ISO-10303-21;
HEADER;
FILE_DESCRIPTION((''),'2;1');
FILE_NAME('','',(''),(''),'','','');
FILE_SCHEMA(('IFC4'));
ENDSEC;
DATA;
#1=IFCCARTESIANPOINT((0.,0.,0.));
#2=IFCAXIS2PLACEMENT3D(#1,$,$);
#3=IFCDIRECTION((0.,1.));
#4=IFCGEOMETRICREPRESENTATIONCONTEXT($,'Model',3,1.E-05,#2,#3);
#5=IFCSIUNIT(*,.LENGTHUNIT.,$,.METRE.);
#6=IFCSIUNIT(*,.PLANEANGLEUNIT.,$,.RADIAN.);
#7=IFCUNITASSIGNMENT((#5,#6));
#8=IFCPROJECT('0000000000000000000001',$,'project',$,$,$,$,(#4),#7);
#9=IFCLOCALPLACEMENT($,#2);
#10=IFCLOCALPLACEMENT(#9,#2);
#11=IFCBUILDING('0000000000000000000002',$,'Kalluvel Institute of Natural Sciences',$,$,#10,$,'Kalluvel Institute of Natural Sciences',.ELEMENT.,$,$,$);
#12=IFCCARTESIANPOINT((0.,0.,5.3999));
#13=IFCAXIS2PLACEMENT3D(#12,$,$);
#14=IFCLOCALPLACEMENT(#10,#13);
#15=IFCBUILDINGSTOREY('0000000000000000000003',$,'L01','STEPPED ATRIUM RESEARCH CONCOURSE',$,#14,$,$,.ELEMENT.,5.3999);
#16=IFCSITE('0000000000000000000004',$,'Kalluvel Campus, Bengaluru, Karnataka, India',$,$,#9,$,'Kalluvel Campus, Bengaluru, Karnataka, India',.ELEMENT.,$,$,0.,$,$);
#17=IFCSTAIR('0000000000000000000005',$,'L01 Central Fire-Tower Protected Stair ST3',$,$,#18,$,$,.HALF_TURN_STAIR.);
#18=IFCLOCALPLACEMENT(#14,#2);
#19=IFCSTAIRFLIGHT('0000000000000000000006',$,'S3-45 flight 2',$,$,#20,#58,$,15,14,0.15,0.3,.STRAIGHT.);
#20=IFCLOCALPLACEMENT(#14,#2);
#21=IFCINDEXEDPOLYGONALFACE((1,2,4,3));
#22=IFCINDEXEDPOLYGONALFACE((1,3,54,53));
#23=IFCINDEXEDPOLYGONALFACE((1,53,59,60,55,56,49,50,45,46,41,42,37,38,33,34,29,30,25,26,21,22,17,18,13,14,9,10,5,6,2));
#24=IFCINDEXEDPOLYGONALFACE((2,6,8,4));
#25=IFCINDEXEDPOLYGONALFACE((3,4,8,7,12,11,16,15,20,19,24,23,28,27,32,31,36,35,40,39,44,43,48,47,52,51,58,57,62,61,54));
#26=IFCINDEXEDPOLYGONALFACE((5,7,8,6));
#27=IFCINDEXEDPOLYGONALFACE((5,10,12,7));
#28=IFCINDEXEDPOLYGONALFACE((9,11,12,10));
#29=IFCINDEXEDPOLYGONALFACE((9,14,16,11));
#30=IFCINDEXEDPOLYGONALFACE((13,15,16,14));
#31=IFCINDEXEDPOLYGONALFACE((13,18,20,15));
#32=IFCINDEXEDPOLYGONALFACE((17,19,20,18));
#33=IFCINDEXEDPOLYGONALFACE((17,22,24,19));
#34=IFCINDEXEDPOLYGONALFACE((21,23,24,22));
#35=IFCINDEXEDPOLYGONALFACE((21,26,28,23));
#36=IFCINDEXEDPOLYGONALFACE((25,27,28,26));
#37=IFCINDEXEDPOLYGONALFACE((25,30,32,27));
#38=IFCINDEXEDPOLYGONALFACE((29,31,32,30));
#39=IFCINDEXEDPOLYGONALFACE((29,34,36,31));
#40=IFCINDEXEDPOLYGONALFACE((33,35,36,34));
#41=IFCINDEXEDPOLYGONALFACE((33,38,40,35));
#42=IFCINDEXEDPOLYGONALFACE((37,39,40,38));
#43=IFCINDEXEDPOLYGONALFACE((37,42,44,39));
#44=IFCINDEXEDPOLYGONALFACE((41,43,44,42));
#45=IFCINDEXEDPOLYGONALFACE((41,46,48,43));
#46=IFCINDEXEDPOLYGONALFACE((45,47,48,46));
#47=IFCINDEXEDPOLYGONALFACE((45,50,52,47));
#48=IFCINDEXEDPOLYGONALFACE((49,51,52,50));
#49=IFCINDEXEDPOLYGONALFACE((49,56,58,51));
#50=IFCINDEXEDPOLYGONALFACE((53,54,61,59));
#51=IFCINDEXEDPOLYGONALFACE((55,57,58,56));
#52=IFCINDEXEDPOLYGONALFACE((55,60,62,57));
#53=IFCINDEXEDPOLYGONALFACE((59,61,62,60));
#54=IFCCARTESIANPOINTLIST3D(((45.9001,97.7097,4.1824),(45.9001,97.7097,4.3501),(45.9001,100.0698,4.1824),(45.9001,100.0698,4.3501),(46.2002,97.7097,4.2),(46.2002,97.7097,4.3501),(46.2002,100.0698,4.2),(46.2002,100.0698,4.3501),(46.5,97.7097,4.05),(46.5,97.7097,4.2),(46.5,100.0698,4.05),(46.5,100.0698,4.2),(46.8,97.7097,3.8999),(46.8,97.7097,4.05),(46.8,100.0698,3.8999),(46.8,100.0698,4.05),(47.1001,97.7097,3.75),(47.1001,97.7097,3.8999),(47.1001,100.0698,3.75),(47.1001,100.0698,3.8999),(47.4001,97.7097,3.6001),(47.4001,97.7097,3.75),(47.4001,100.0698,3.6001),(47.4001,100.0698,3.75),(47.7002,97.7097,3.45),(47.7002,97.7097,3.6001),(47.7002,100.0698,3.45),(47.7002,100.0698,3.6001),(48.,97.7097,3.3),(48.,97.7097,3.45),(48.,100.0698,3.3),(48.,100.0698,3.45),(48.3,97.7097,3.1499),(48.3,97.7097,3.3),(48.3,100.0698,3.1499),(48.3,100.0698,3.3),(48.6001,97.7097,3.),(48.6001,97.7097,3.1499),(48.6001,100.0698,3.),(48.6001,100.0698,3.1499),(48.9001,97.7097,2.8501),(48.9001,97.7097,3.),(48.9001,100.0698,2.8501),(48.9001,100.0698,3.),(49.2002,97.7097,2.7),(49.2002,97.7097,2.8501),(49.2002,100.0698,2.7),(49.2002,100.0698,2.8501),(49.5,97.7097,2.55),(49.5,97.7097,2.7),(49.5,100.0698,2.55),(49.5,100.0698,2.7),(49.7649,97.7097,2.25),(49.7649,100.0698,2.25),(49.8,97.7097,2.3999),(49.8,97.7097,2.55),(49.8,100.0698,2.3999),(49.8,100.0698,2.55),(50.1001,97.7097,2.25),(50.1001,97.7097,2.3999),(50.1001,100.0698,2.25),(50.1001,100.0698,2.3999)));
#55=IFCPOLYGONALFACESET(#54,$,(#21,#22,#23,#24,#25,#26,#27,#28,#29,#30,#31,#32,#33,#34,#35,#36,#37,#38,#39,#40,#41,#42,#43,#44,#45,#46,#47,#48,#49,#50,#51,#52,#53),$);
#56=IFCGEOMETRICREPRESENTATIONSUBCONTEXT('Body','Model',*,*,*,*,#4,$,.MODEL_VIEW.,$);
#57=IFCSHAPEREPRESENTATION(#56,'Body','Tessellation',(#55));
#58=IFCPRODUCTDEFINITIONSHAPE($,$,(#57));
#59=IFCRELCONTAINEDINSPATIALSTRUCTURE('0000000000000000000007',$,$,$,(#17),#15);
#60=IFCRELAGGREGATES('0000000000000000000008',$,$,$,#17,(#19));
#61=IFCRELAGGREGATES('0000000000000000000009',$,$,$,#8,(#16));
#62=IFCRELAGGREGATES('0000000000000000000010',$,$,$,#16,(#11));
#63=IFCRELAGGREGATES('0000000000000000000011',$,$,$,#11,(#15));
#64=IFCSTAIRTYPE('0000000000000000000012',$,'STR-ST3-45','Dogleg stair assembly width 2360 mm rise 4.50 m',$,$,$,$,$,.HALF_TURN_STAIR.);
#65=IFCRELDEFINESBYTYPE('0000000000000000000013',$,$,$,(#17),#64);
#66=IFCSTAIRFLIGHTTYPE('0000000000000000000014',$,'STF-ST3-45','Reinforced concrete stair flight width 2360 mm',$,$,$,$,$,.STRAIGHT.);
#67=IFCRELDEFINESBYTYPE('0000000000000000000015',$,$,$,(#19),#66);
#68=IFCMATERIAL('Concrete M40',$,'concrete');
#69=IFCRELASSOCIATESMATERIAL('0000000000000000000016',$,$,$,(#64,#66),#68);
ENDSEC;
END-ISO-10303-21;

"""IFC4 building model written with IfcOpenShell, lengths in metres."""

from ifc_helpers import new_model, si_unit, direction, frame, origin, place, context, subcontext, project, spatial, polyline, outline, extrude, material, type_object, element, aggregate, save


model = new_model("IFC4")

# Units and contexts
model_context = context("Model", 3, precision=1e-05, world=origin(), true_north=direction((0.0, 1.0)))
body_context = subcontext(model_context, "Body", "Model", "MODEL_VIEW")
ifc_project = project(units=[si_unit("LENGTHUNIT", "METRE"), si_unit("PLANEANGLEUNIT", "RADIAN")], contexts=[model_context])

# Site, building, storey
site_placement = place(None, origin())
site = spatial("IfcSite", under=ifc_project, at=site_placement, Name="Kalluvel Campus, Bengaluru, Karnataka, India", LongName="Kalluvel Campus, Bengaluru, Karnataka, India", CompositionType="ELEMENT", RefElevation=0.0)
building_placement = place(site_placement, origin())
building = spatial("IfcBuilding", under=site, at=building_placement, Name="Kalluvel Institute of Natural Sciences", LongName="Kalluvel Institute of Natural Sciences", CompositionType="ELEMENT")
storey_placement = place(building_placement, frame((0.0, 0.0, 5.3999)))
storey = spatial("IfcBuildingStorey", under=building, at=storey_placement, Name="L01", Description="STEPPED ATRIUM RESEARCH CONCOURSE", CompositionType="ELEMENT", Elevation=5.3999)

# Shared definitions
ifc_material_1 = material(Name="Concrete M40", Category="concrete")

# Stair, stair flight
stair_type = type_object("IfcStairType", Name="STR-ST3-45", Description="Dogleg stair assembly width 2360 mm rise 4.50 m", PredefinedType="HALF_TURN_STAIR", material=ifc_material_1)
stair_placement = place(storey_placement, origin())
stair = element("IfcStair", 1, at=stair_placement, inside=storey, type_object=stair_type, Name="L01 Central Fire-Tower Protected Stair ST3", PredefinedType="HALF_TURN_STAIR")
stair_flight_type = type_object("IfcStairFlightType", Name="STF-ST3-45", Description="Reinforced concrete stair flight width 2360 mm", PredefinedType="STRAIGHT", material=ifc_material_1)
stair_flight_1_placement = place(storey_placement, frame((50.1001, 98.8899, 2.25), z_axis=(0.0, 0.0, 1.0), x_axis=(-1.0, 0.0, 0.0)))
stair_flight_1 = element("IfcStairFlight", 2, at=stair_flight_1_placement, type_object=stair_flight_type, Name="S3-45 flight 2", NumberOfRisers=15, NumberOfTreads=14, PredefinedType="STRAIGHT", RiserHeight=0.15, TreadLength=0.3, context=body_context, shape_type="SweptSolid", body=[
    extrude(outline(polyline([(0.0, 0.0), (0.0, 0.1499), (0.3, 0.1499), (0.3, 0.3), (0.6001, 0.3), (0.6001, 0.45), (0.8999, 0.45), (0.8999, 0.6001), (1.2, 0.6001), (1.2, 0.75), (1.5, 0.75), (1.5, 0.8999), (1.8, 0.8999), (1.8, 1.05), (2.1001, 1.05), (2.1001, 1.2), (2.3999, 1.2), (2.3999, 1.3501), (2.7, 1.3501), (2.7, 1.5), (3.0, 1.5), (3.0, 1.6499), (3.3, 1.6499), (3.3, 1.8), (3.6001, 1.8), (3.6001, 1.95), (3.8999, 1.95), (3.8999, 2.1001), (4.2, 2.1001), (4.2, 2.25), (4.2, 1.9324), (0.3352, 0.0), (0.0, 0.0)])), frame((0.0, 1.1802, 0.0), z_axis=(0.0, -1.0, 0.0), x_axis=(1.0, 0.0, 0.0)), (0.0, 0.0, 1.0), 2.3601),
])
aggregate(stair, [stair_flight_1])

save(model, "model.ifc")
